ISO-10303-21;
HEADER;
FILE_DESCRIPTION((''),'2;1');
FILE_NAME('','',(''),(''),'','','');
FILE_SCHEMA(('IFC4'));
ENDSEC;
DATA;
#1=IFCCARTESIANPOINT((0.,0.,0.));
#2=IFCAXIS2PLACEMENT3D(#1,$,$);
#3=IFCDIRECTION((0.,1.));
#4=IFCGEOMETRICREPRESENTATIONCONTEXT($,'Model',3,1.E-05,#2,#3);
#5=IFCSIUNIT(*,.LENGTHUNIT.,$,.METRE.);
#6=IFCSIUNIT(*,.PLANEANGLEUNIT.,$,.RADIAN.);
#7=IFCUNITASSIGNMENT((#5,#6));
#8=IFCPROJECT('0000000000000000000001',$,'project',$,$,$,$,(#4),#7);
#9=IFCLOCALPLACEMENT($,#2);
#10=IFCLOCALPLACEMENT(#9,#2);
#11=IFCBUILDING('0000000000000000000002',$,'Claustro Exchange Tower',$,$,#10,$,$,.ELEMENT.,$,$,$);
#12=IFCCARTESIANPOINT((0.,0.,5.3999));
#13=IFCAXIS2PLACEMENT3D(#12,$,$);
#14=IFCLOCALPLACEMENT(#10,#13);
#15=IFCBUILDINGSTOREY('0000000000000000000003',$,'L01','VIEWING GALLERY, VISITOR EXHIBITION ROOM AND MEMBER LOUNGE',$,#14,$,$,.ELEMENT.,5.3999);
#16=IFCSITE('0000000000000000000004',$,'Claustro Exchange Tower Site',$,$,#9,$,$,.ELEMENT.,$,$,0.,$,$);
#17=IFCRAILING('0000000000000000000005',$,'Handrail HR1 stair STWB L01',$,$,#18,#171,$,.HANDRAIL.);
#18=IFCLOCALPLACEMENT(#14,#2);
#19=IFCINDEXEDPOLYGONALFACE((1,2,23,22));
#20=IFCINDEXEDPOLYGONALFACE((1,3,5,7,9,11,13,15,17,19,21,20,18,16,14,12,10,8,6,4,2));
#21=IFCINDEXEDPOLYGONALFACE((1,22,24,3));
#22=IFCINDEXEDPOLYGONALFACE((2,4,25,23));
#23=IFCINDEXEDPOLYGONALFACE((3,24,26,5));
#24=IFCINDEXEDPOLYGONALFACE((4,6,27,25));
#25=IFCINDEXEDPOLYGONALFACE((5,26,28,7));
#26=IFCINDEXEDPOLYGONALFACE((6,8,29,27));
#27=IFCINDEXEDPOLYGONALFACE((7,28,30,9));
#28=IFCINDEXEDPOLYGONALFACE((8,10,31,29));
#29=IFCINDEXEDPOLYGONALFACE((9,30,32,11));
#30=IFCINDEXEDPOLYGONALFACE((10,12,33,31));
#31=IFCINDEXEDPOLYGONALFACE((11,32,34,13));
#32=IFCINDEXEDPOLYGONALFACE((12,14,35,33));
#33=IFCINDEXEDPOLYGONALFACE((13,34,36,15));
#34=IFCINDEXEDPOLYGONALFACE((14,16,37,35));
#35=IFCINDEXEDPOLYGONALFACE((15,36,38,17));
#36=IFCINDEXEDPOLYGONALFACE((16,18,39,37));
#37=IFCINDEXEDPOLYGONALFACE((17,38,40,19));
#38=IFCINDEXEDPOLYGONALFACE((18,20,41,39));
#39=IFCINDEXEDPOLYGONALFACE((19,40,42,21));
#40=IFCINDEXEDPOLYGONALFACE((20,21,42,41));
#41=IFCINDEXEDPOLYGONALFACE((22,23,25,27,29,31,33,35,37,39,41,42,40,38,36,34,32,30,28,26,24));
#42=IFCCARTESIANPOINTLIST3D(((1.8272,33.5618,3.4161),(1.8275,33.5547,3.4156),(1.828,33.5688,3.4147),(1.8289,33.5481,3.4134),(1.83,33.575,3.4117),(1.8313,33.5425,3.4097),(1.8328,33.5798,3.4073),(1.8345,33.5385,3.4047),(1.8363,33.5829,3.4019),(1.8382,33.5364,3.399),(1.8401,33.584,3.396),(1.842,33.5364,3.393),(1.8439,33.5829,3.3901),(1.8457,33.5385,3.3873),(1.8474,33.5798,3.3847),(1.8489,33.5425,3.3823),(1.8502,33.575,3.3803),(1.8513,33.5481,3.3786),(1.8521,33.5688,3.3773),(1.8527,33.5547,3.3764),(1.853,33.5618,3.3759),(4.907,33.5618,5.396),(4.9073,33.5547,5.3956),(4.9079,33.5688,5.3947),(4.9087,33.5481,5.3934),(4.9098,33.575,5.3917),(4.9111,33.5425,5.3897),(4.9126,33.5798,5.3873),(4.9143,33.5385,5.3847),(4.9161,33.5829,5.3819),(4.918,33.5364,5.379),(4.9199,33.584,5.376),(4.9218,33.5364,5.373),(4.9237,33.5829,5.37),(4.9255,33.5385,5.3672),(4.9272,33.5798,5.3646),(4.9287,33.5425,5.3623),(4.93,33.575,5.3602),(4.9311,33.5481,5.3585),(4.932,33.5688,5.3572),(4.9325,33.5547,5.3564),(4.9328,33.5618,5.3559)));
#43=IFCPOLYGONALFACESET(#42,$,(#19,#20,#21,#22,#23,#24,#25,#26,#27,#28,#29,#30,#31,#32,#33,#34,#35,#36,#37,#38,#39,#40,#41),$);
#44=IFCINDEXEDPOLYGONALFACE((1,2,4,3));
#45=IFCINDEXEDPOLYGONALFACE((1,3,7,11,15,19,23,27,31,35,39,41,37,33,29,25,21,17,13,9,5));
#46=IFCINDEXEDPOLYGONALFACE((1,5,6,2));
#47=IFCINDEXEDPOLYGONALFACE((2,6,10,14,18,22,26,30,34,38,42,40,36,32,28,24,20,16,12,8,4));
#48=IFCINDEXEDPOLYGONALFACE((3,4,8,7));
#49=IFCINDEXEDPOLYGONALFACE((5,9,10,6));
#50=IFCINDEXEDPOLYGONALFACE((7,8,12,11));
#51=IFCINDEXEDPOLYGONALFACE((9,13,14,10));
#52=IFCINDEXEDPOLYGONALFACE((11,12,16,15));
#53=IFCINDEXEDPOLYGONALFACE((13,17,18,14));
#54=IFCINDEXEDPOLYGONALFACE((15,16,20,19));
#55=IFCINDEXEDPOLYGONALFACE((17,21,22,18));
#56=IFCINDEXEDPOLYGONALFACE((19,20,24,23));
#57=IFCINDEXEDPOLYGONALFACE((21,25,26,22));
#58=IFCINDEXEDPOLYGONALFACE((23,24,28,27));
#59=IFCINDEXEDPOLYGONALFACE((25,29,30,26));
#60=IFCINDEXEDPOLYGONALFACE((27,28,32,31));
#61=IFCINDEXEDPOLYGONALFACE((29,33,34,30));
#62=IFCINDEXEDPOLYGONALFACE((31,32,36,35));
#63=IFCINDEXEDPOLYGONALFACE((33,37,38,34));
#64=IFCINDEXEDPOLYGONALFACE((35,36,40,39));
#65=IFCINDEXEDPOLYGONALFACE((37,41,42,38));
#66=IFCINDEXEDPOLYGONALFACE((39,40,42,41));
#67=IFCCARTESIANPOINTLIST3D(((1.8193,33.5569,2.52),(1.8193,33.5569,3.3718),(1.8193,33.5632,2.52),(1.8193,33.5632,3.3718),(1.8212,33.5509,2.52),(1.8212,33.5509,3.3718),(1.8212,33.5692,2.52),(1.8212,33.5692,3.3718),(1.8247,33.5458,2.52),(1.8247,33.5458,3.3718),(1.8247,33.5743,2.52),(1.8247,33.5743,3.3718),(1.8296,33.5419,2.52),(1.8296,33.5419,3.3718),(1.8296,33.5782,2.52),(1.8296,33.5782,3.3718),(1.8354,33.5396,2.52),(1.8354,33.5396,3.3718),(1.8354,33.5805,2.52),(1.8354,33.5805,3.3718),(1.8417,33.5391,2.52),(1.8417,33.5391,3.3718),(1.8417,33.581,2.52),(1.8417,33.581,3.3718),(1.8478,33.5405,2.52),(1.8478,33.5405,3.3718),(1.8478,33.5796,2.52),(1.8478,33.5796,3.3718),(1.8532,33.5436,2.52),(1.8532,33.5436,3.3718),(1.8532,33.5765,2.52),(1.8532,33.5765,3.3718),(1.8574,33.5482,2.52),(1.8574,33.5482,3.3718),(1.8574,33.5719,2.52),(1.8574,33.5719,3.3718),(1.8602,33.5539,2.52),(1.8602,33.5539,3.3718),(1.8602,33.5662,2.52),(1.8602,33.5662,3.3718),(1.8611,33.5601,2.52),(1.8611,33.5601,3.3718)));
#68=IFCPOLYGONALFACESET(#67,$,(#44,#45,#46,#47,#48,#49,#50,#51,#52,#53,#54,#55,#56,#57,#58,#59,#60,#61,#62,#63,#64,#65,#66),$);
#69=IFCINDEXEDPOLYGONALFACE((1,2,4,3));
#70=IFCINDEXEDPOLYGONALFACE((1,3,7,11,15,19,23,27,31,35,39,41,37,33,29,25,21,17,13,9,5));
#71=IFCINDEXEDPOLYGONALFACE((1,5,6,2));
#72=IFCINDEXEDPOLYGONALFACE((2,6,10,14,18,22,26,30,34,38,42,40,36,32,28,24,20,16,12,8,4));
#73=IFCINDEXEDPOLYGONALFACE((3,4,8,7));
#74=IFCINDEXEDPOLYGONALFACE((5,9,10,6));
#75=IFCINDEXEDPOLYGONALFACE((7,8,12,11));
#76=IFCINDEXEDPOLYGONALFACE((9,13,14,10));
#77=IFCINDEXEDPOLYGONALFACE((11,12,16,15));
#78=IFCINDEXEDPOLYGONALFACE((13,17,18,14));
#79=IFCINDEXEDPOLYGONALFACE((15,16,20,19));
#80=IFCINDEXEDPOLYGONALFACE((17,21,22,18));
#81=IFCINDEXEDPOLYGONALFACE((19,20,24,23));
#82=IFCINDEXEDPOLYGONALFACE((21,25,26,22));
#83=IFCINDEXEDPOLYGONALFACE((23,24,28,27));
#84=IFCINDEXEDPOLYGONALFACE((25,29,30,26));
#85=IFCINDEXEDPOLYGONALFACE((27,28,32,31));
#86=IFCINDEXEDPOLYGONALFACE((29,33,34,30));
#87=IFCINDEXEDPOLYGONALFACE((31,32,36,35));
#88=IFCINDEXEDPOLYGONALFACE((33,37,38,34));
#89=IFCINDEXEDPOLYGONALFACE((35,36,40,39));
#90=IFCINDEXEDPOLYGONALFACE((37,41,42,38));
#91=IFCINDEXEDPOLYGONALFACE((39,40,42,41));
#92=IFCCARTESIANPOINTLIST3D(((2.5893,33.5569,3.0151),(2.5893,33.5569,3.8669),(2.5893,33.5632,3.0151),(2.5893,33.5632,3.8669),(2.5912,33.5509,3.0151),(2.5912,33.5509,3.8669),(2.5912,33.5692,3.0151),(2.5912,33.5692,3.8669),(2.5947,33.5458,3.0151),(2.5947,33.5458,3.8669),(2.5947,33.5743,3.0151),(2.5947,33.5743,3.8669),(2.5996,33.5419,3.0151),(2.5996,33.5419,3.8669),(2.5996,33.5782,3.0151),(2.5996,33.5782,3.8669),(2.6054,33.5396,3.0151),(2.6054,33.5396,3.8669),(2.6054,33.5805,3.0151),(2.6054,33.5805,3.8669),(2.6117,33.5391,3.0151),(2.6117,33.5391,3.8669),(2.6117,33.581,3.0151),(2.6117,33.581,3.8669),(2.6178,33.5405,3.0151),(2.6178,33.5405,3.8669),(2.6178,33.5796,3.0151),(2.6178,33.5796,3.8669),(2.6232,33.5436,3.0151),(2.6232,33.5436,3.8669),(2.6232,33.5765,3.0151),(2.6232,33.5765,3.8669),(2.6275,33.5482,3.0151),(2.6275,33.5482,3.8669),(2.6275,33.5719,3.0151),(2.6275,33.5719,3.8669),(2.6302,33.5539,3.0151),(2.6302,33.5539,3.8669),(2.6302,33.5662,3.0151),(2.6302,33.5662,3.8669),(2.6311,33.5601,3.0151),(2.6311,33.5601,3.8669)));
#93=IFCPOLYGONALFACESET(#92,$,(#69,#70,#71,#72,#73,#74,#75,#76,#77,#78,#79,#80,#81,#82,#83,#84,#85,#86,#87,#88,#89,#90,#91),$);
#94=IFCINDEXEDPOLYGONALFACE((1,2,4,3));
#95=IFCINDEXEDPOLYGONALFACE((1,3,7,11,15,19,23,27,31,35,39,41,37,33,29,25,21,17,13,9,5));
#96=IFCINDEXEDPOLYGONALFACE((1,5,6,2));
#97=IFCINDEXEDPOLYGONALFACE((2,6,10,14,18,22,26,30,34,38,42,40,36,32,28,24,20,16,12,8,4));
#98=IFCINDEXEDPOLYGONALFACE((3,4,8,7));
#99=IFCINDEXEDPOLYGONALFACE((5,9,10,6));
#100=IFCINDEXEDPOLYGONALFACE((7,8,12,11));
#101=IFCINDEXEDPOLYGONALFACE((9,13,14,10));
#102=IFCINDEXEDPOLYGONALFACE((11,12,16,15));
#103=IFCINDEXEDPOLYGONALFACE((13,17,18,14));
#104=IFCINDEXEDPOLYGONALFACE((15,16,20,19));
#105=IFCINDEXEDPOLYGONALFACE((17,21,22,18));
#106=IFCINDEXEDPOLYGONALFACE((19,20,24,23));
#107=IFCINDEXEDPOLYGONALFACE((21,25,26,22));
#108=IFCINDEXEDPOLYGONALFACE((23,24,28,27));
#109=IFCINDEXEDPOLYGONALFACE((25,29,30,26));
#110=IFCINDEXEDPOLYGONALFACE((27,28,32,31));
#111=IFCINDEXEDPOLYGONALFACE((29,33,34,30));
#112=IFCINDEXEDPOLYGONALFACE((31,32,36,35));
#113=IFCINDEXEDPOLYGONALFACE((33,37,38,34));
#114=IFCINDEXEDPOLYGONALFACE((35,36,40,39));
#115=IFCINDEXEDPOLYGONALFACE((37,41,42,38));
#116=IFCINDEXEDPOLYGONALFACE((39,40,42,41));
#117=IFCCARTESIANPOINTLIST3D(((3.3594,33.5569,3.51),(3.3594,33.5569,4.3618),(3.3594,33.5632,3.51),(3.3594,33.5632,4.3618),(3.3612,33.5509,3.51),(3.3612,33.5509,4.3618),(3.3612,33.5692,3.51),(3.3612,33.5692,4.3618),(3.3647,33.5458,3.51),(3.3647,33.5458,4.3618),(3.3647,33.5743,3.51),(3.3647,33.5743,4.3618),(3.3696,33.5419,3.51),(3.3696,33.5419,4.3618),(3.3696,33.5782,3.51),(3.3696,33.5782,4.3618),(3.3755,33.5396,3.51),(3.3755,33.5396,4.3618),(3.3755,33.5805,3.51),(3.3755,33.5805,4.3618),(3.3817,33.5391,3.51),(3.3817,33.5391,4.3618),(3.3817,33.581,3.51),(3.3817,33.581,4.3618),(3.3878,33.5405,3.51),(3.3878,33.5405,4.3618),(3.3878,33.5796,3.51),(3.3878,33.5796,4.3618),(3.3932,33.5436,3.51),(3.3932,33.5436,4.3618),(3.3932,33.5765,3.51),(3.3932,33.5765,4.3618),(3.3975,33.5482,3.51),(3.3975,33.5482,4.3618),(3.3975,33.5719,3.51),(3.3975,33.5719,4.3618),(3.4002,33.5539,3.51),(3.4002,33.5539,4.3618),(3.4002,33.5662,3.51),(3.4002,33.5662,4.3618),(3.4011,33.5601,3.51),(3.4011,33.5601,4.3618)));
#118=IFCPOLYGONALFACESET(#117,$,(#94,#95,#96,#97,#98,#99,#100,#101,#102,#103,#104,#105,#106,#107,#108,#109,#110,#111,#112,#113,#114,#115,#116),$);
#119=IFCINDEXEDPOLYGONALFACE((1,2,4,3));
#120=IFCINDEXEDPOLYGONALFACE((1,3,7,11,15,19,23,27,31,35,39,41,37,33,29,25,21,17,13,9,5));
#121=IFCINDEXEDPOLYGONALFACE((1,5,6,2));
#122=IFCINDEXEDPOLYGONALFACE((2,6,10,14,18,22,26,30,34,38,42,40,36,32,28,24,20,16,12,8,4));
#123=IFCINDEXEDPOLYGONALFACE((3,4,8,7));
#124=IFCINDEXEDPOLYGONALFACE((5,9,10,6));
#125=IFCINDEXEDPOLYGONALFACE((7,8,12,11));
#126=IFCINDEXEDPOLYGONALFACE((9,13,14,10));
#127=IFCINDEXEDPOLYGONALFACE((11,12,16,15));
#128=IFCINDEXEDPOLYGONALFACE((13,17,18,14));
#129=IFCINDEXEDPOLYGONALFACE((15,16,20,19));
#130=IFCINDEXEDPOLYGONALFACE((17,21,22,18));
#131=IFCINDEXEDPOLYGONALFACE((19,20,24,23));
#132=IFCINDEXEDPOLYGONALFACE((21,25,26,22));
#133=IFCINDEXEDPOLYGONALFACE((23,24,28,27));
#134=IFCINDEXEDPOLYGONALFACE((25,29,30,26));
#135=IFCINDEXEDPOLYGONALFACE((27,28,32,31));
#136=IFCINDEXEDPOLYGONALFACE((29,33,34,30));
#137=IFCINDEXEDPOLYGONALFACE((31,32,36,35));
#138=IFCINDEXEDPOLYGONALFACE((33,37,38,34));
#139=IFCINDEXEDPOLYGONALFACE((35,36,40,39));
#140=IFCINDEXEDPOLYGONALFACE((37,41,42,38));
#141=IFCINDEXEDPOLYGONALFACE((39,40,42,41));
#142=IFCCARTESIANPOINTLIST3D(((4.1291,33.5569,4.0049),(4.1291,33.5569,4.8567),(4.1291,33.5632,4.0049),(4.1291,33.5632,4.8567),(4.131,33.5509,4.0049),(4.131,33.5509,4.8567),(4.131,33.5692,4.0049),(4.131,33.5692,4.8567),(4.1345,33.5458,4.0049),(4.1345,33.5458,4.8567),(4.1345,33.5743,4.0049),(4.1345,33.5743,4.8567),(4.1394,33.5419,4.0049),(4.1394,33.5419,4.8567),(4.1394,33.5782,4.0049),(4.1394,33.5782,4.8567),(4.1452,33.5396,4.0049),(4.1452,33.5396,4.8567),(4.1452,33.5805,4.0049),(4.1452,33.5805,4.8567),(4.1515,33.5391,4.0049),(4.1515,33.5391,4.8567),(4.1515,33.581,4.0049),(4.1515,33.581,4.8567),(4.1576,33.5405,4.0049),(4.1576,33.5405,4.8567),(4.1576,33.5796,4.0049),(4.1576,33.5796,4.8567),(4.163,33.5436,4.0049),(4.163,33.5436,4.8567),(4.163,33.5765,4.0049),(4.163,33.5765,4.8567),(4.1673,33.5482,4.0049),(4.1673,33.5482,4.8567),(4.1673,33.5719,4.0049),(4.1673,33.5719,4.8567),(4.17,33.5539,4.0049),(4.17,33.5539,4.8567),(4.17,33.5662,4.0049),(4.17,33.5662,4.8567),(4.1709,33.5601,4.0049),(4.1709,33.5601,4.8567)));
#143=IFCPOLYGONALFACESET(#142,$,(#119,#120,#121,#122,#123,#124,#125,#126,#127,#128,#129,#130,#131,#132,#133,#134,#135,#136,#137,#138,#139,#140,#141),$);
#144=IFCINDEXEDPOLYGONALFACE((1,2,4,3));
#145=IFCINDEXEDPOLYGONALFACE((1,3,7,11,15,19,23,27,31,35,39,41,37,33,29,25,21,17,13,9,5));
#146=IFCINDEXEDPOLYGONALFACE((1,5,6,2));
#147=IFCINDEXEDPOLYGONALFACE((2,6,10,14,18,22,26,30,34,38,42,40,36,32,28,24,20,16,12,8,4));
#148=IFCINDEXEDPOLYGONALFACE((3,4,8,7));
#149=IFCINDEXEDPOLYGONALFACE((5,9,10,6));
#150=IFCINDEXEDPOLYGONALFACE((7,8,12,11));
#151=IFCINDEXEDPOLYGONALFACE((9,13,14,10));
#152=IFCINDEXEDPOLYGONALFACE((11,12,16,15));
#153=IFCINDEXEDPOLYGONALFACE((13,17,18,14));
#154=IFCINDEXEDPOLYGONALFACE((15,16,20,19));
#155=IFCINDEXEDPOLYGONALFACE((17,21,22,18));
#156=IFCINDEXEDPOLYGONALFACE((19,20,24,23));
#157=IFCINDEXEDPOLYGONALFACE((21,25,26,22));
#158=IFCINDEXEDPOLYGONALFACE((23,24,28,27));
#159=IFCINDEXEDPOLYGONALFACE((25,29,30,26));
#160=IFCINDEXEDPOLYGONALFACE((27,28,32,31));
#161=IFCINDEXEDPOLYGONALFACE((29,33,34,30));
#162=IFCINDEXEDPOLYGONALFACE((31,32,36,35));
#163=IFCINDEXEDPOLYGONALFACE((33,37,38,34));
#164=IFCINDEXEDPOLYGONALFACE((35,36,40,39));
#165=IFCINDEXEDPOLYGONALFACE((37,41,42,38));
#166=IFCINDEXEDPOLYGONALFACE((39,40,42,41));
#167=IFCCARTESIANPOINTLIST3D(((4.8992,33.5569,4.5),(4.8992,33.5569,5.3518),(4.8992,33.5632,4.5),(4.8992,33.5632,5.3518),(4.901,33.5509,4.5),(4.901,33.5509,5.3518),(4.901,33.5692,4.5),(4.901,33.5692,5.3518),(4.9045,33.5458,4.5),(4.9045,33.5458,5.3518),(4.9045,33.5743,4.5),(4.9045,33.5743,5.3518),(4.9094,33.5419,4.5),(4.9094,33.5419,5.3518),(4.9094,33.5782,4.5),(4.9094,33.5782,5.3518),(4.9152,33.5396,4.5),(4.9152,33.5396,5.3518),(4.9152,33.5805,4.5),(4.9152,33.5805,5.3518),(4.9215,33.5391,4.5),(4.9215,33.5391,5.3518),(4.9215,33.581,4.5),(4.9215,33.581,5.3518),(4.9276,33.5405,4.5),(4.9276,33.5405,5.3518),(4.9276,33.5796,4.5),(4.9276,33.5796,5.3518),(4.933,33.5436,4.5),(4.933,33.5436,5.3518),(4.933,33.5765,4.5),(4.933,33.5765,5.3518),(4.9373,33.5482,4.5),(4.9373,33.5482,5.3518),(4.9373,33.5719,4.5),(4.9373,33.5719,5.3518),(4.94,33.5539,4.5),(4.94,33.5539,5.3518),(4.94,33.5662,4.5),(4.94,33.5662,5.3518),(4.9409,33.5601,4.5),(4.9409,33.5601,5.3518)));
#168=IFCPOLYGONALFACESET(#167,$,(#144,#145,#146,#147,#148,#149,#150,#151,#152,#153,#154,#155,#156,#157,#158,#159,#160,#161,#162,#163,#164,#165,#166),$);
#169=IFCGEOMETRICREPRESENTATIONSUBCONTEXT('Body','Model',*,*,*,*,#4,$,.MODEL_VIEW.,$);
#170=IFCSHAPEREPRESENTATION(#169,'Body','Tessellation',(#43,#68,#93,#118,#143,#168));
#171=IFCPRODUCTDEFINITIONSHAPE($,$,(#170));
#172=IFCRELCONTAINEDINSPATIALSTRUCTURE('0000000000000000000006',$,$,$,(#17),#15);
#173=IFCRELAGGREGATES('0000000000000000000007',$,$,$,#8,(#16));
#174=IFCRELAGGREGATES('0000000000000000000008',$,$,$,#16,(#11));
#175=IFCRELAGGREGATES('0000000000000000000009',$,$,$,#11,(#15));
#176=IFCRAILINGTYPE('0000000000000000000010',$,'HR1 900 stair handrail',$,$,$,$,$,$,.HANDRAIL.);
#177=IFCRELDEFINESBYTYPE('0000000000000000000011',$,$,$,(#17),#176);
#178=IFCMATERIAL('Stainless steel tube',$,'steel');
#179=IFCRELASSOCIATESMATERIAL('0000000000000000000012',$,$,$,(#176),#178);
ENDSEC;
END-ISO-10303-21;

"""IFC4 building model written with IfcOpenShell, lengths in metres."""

from ifc_helpers import new_model, si_unit, direction, frame, origin, origin_2d, place, context, subcontext, project, spatial, circle, extrude, material, type_object, element, save


model = new_model("IFC4")

# Units and contexts
model_context = context("Model", 3, precision=1e-05, world=origin(), true_north=direction((0.0, 1.0)))
body_context = subcontext(model_context, "Body", "Model", "MODEL_VIEW")
ifc_project = project(units=[si_unit("LENGTHUNIT", "METRE"), si_unit("PLANEANGLEUNIT", "RADIAN")], contexts=[model_context])

# Site, building, storey
site_placement = place(None, origin())
site = spatial("IfcSite", under=ifc_project, at=site_placement, Name="Claustro Exchange Tower Site", CompositionType="ELEMENT", RefElevation=0.0)
building_placement = place(site_placement, origin())
building = spatial("IfcBuilding", under=site, at=building_placement, Name="Claustro Exchange Tower", CompositionType="ELEMENT")
storey_placement = place(building_placement, frame((0.0, 0.0, 5.3999)))
storey = spatial("IfcBuildingStorey", under=building, at=storey_placement, Name="L01", Description="VIEWING GALLERY, VISITOR EXHIBITION ROOM AND MEMBER LOUNGE", CompositionType="ELEMENT", Elevation=5.3999)

# Railing
ifc_material_1 = material(Name="Stainless steel tube", Category="steel")
railing_type_1 = type_object("IfcRailingType", Name="HR1 900 stair handrail", PredefinedType="HANDRAIL", material=ifc_material_1)
railing_1_placement = place(storey_placement, frame((1.8401, 33.5601, 2.52)))
element("IfcRailing", 1, at=railing_1_placement, inside=storey, type_object=railing_type_1, Name="Handrail HR1 stair STWB L01", PredefinedType="HANDRAIL", context=body_context, shape_type="SweptSolid", body=[
    extrude(circle(Radius=0.0239, at=origin_2d()), frame((0.0, 0.0, 0.876), z_axis=(0.841168, 0.0, 0.540774), x_axis=(0.0, 1.0, 0.0)), (0.0, 0.0, 1.0), 3.6614),
    extrude(circle(Radius=0.021, at=origin_2d()), origin(), (0.0, 0.0, 1.0), 0.8518),
    extrude(circle(Radius=0.021, at=origin_2d()), frame((0.77, 0.0, 0.4951)), (0.0, 0.0, 1.0), 0.8518),
    extrude(circle(Radius=0.021, at=origin_2d()), frame((1.54, 0.0, 0.99)), (0.0, 0.0, 1.0), 0.8518),
    extrude(circle(Radius=0.021, at=origin_2d()), frame((2.3098, 0.0, 1.4849)), (0.0, 0.0, 1.0), 0.8518),
    extrude(circle(Radius=0.021, at=origin_2d()), frame((3.0798, 0.0, 1.98)), (0.0, 0.0, 1.0), 0.8518),
])

save(model, "model.ifc")
